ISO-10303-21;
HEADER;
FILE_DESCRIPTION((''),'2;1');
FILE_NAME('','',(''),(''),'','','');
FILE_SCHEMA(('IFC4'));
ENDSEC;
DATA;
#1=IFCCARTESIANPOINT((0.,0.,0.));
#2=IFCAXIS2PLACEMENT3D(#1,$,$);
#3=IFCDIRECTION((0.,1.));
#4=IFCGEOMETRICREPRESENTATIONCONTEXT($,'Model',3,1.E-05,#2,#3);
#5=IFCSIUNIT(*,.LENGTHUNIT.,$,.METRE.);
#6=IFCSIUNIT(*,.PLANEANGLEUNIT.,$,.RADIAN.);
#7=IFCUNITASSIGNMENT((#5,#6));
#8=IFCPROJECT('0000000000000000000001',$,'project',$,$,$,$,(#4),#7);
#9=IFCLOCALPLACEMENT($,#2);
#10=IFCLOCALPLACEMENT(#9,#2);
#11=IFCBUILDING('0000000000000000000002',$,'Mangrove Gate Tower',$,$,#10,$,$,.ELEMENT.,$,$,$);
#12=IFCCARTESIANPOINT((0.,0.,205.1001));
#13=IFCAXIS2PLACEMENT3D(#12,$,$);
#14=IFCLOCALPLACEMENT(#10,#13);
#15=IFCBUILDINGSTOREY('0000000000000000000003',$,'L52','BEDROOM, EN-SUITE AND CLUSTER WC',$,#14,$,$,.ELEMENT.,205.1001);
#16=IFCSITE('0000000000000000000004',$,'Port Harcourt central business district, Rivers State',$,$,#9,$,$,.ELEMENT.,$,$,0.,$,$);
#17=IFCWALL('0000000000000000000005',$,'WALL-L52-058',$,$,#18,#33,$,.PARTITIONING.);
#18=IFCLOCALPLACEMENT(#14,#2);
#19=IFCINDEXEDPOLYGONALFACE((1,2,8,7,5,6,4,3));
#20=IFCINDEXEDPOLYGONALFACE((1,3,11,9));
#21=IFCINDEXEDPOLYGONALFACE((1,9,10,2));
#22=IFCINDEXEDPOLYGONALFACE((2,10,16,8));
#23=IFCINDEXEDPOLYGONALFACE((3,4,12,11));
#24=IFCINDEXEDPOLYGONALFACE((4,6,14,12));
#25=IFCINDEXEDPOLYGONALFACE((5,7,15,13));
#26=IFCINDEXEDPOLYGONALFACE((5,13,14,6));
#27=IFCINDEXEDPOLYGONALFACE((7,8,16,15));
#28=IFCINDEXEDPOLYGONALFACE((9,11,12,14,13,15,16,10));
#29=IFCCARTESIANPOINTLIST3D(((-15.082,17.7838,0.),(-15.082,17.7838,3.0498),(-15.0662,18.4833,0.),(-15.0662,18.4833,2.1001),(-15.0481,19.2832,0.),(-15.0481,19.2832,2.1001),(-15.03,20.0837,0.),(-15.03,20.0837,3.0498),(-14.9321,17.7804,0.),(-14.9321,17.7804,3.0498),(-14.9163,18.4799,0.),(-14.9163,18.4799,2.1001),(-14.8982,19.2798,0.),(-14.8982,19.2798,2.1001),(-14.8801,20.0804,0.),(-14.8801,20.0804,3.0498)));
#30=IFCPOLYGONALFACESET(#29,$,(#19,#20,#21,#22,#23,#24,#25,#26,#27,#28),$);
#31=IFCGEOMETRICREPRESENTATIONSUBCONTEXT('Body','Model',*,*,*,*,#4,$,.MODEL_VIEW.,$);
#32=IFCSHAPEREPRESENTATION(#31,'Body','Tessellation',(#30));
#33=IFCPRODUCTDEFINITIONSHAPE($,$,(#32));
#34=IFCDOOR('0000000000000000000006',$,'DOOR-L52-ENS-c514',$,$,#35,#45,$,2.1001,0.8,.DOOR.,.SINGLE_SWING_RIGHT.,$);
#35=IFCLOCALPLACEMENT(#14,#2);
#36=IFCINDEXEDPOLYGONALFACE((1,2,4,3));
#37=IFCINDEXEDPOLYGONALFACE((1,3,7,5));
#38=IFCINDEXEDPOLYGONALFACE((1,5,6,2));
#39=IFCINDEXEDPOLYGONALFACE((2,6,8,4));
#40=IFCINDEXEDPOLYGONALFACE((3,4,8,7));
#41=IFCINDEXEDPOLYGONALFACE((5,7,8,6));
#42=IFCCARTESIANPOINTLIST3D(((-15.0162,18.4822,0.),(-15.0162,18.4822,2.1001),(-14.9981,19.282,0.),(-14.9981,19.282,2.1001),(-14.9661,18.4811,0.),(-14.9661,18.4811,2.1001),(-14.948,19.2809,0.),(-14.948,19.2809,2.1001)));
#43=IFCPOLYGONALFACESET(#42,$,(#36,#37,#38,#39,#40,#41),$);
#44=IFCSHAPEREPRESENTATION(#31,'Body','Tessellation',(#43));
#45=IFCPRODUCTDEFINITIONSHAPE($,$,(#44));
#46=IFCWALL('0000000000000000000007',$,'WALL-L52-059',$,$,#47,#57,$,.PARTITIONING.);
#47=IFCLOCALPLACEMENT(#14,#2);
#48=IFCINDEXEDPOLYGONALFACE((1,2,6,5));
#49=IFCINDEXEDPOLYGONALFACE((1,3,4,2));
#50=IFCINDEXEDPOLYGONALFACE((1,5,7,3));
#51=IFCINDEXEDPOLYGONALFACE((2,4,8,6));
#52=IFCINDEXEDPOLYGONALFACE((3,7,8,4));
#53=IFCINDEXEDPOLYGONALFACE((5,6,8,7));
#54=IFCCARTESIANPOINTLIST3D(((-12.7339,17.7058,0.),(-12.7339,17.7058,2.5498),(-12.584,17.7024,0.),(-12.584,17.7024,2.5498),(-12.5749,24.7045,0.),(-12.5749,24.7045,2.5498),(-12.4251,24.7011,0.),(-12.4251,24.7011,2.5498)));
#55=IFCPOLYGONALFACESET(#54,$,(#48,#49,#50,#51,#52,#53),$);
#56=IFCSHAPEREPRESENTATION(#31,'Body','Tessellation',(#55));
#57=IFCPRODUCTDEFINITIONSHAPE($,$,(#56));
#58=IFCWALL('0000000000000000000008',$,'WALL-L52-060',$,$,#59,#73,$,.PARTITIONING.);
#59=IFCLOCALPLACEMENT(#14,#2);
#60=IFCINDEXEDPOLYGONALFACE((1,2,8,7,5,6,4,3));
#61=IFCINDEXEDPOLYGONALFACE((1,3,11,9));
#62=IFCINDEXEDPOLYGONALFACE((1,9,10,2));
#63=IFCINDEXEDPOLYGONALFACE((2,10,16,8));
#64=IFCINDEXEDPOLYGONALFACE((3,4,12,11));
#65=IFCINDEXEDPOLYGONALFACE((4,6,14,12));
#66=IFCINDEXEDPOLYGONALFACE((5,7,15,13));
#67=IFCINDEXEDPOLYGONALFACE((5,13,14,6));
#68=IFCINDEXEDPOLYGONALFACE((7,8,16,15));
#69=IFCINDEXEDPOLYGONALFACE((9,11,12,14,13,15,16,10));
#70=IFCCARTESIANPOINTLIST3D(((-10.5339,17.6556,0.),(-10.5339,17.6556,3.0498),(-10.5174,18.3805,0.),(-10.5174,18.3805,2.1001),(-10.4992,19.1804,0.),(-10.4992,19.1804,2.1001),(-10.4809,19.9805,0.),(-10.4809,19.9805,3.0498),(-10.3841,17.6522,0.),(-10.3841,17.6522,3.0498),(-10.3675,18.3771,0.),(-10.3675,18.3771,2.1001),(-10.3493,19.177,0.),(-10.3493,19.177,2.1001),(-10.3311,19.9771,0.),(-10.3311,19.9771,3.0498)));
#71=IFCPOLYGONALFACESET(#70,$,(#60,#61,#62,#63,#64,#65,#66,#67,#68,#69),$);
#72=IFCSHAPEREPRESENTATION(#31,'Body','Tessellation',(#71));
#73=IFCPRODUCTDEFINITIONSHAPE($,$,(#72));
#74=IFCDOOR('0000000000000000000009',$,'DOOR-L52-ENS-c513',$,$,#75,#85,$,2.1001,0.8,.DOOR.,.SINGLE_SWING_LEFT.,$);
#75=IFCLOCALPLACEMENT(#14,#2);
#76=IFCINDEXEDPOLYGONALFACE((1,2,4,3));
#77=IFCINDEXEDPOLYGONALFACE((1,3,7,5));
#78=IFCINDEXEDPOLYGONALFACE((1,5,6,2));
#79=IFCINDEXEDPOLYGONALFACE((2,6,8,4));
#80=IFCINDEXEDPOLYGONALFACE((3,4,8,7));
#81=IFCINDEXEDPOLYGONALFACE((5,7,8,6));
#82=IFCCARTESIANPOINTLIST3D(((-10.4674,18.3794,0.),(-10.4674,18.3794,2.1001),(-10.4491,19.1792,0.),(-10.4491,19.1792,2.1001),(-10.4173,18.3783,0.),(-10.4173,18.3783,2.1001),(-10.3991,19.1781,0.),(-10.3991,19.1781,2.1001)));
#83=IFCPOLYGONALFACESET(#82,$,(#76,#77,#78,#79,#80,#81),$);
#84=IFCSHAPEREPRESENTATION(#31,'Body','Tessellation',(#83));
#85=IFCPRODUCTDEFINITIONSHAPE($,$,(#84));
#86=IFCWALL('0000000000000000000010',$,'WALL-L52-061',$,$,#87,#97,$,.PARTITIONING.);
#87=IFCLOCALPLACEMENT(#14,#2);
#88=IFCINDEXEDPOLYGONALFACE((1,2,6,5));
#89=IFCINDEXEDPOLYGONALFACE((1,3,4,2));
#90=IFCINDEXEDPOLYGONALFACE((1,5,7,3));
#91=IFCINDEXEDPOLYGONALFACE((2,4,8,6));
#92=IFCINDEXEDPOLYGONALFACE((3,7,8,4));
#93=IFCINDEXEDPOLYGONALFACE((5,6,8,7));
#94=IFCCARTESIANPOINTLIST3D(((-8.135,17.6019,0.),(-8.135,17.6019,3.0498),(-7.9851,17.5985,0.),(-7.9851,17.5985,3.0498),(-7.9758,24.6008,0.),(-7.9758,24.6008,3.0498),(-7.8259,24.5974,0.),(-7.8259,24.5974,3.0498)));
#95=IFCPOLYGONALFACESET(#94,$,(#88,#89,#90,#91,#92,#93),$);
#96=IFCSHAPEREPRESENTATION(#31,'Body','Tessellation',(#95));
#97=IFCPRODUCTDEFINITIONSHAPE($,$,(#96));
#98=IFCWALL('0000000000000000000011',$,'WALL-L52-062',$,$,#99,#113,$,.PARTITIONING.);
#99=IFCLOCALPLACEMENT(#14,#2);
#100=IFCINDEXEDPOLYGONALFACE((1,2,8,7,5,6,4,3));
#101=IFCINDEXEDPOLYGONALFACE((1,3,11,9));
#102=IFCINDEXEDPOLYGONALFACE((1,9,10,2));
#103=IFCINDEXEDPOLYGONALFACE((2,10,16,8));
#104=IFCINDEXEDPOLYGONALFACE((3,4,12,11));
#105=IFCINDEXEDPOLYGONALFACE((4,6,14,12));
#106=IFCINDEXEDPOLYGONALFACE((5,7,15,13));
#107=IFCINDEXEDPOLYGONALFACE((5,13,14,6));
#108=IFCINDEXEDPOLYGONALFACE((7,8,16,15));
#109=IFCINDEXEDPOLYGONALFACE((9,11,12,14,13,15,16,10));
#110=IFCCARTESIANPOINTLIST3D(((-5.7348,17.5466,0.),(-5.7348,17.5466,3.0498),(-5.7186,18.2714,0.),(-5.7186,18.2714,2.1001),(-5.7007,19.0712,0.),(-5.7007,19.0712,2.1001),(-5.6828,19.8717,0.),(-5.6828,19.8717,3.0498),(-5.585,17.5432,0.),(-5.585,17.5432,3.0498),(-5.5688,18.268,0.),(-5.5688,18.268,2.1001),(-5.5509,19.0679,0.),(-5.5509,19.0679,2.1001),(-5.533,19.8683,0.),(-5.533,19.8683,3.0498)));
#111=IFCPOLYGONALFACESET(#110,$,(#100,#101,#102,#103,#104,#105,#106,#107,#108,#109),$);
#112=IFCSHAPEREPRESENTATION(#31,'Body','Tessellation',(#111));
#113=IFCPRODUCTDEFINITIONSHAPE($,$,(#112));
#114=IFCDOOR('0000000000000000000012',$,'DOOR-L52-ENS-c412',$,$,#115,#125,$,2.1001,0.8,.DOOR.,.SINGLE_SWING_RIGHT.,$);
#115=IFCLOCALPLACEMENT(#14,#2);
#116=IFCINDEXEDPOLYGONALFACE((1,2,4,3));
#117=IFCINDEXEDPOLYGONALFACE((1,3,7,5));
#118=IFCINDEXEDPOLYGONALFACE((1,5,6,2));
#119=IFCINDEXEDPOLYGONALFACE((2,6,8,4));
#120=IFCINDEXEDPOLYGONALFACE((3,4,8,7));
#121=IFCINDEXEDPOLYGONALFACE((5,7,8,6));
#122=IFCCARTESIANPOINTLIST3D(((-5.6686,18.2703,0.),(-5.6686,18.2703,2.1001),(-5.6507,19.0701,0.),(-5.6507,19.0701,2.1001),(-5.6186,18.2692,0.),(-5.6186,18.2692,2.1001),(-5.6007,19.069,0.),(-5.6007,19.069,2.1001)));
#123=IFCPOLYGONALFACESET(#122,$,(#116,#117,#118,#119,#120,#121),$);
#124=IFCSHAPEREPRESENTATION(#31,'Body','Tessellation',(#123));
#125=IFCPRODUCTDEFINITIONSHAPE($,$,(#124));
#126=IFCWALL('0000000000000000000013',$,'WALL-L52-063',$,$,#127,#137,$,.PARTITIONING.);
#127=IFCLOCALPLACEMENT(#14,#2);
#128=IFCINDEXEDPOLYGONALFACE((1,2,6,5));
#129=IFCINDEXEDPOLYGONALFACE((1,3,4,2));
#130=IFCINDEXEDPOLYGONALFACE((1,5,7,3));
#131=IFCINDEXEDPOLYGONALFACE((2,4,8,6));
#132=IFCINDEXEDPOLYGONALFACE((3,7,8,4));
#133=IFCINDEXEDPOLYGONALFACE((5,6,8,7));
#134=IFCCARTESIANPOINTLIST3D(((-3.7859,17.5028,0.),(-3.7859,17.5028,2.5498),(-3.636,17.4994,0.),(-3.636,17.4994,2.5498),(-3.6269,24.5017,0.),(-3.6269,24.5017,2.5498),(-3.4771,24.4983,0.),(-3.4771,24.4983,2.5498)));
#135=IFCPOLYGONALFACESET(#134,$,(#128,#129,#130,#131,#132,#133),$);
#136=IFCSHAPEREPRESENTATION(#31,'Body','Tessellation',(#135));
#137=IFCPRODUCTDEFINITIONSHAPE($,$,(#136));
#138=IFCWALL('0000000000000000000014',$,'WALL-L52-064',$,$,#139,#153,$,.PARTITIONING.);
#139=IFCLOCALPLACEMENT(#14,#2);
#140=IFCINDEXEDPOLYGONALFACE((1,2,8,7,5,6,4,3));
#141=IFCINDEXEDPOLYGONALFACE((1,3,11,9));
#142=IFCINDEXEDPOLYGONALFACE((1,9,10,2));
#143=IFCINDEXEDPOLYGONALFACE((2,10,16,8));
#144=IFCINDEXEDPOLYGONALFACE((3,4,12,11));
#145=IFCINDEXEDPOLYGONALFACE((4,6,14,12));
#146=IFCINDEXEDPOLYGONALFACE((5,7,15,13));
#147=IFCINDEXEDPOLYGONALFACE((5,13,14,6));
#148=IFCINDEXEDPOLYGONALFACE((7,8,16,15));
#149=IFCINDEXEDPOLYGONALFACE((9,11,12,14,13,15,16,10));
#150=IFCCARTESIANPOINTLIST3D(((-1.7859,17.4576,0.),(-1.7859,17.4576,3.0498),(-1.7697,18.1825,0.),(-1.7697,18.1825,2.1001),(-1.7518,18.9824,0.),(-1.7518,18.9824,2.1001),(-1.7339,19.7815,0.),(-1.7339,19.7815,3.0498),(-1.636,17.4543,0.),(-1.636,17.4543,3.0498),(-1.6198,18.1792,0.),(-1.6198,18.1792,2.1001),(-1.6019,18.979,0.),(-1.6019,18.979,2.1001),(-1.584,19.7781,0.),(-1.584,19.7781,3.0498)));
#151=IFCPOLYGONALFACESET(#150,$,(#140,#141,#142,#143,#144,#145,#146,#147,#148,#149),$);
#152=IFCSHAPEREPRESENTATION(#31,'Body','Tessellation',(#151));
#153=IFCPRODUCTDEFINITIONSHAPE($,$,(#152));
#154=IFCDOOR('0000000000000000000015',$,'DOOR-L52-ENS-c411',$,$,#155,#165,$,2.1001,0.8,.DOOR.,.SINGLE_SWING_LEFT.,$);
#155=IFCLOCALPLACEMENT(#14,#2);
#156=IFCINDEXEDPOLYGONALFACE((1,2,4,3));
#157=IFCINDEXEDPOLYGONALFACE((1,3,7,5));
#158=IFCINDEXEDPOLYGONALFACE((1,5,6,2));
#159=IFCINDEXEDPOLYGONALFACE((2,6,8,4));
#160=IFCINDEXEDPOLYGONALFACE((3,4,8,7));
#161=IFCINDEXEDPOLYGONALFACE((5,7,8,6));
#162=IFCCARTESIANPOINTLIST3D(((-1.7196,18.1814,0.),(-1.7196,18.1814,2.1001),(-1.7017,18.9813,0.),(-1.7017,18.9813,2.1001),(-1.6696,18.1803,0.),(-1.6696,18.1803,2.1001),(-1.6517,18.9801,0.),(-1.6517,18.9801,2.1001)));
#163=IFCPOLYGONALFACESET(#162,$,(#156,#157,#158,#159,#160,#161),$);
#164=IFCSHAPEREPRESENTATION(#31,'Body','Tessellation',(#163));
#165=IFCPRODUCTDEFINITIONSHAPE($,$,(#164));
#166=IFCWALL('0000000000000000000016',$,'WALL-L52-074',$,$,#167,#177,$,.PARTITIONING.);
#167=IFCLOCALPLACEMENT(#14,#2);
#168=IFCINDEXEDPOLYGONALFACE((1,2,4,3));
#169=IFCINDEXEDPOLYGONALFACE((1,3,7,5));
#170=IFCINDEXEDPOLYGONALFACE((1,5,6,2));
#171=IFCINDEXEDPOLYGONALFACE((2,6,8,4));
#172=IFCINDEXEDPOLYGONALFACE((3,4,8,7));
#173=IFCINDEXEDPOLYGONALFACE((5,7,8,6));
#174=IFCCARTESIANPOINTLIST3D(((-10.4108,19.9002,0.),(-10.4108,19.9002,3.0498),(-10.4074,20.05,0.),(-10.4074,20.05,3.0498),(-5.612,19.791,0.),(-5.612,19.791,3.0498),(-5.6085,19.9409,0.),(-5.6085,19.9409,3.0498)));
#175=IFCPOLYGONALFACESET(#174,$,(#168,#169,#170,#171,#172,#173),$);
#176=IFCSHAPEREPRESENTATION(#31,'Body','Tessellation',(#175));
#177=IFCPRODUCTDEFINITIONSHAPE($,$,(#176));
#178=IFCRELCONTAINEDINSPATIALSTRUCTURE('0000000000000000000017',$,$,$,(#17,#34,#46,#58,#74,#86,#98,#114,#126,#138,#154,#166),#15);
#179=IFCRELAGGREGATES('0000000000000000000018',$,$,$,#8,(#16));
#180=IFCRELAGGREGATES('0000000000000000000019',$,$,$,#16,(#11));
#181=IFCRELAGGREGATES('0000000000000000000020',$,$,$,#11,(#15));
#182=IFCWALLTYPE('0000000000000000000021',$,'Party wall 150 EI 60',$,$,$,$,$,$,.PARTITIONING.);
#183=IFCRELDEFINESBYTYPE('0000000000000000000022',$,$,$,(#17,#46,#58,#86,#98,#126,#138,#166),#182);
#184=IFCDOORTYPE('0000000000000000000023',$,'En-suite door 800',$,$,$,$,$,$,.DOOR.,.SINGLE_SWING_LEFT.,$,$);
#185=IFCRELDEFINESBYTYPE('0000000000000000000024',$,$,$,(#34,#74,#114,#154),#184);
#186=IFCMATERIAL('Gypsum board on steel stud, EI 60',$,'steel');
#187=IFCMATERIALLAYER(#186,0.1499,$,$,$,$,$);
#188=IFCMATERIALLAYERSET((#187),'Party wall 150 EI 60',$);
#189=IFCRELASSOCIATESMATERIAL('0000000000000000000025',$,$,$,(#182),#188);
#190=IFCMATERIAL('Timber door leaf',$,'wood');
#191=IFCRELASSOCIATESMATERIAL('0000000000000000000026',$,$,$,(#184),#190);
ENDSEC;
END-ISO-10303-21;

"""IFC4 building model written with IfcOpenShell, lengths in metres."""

from ifc_helpers import new_model, si_unit, direction, frame, frame_2d, origin, place, context, subcontext, project, spatial, rectangle, extrude, material, layer, layer_set, type_object, element, fill, save


model = new_model("IFC4")

# Units and contexts
model_context = context("Model", 3, precision=1e-05, world=origin(), true_north=direction((0.0, 1.0)))
body_context = subcontext(model_context, "Body", "Model", "MODEL_VIEW")
ifc_project = project(units=[si_unit("LENGTHUNIT", "METRE"), si_unit("PLANEANGLEUNIT", "RADIAN")], contexts=[model_context])

# Site, building, storey
site_placement = place(None, origin())
site = spatial("IfcSite", under=ifc_project, at=site_placement, Name="Port Harcourt central business district, Rivers State", CompositionType="ELEMENT", RefElevation=0.0)
building_placement = place(site_placement, origin())
building = spatial("IfcBuilding", under=site, at=building_placement, Name="Mangrove Gate Tower", CompositionType="ELEMENT")
storey_placement = place(building_placement, frame((0.0, 0.0, 205.1001)))
storey = spatial("IfcBuildingStorey", under=building, at=storey_placement, Name="L52", Description="BEDROOM, EN-SUITE AND CLUSTER WC", CompositionType="ELEMENT", Elevation=205.1001)

# Shared definitions
ifc_material_1 = material(Name="Gypsum board on steel stud, EI 60", Category="steel")
ifc_layer_1 = layer(ifc_material_1, 0.1499)
ifc_layer_set_1 = layer_set([ifc_layer_1], Name="Party wall 150 EI 60")
wall_type_1 = type_object("IfcWallType", Name="Party wall 150 EI 60", PredefinedType="PARTITIONING", material=ifc_layer_set_1)

# Wall, opening, door
wall_1_placement = place(storey_placement, frame((-15.0071, 17.782, 0.0), z_axis=(0.0, 0.0, 1.0), x_axis=(0.022603, 0.999745, 0.0)))
wall_1 = element("IfcWall", 1, at=wall_1_placement, inside=storey, type_object=wall_type_1, Name="WALL-L52-058", PredefinedType="PARTITIONING", context=body_context, shape_type="SweptSolid", body=[
    extrude(rectangle(XDim=2.3005, YDim=0.1499, at=frame_2d((1.1504, 0.0))), origin(), (0.0, 0.0, 1.0), 3.0498),
])
opening_1_placement = place(wall_1_placement, frame((0.7, 0.0, 0.0)))
opening_1 = element("IfcOpeningElement", 2, at=opening_1_placement, cuts=wall_1, PredefinedType="OPENING", context=body_context, shape_type="SweptSolid", body=[
    extrude(rectangle(XDim=0.8, YDim=2.1001, at=frame_2d((0.3999, 1.05))), frame((0.0, 0.085, 0.0), z_axis=(0.0, -1.0, 0.0), x_axis=(1.0, 0.0, 0.0)), (0.0, 0.0, 1.0), 0.1699),
])
ifc_material_2 = material(Name="Timber door leaf", Category="wood")
door_type_1 = type_object("IfcDoorType", Name="En-suite door 800", OperationType="SINGLE_SWING_LEFT", PredefinedType="DOOR", material=ifc_material_2)
door_1_placement = place(opening_1_placement, origin())
door_1 = element("IfcDoor", 3, at=door_1_placement, inside=storey, type_object=door_type_1, Name="DOOR-L52-ENS-c514", OperationType="SINGLE_SWING_RIGHT", OverallHeight=2.1001, OverallWidth=0.8, PredefinedType="DOOR", context=body_context, shape_type="SweptSolid", body=[
    extrude(rectangle(XDim=0.8, YDim=2.1001, at=frame_2d((0.3999, 1.05))), frame((0.0, 0.0249, 0.0), z_axis=(0.0, -1.0, 0.0), x_axis=(1.0, 0.0, 0.0)), (0.0, 0.0, 1.0), 0.05),
])
fill(opening_1, door_1)

# Wall
wall_2_placement = place(storey_placement, frame((-12.6589, 17.7041, 0.0), z_axis=(0.0, 0.0, 1.0), x_axis=(0.022703, 0.999742, 0.0)))
element("IfcWall", 4, at=wall_2_placement, inside=storey, type_object=wall_type_1, Name="WALL-L52-059", PredefinedType="PARTITIONING", context=body_context, shape_type="SweptSolid", body=[
    extrude(rectangle(XDim=7.0005, YDim=0.1499, at=frame_2d((3.5002, 0.0))), origin(), (0.0, 0.0, 1.0), 2.5498),
])

# Wall, opening, door
wall_3_placement = place(storey_placement, frame((-10.459, 17.6541, 0.0), z_axis=(0.0, 0.0, 1.0), x_axis=(0.022781, 0.99974, 0.0)))
wall_3 = element("IfcWall", 5, at=wall_3_placement, inside=storey, type_object=wall_type_1, Name="WALL-L52-060", PredefinedType="PARTITIONING", context=body_context, shape_type="SweptSolid", body=[
    extrude(rectangle(XDim=2.3254, YDim=0.1499, at=frame_2d((1.1626, 0.0))), origin(), (0.0, 0.0, 1.0), 3.0498),
])
opening_2_placement = place(wall_3_placement, frame((0.7251, 0.0, 0.0)))
opening_2 = element("IfcOpeningElement", 6, at=opening_2_placement, cuts=wall_3, PredefinedType="OPENING", context=body_context, shape_type="SweptSolid", body=[
    extrude(rectangle(XDim=0.8, YDim=2.1001, at=frame_2d((0.3999, 1.05))), frame((0.0, 0.085, 0.0), z_axis=(0.0, -1.0, 0.0), x_axis=(1.0, 0.0, 0.0)), (0.0, 0.0, 1.0), 0.1699),
])
door_2_placement = place(opening_2_placement, origin())
door_2 = element("IfcDoor", 7, at=door_2_placement, inside=storey, type_object=door_type_1, Name="DOOR-L52-ENS-c513", OperationType="SINGLE_SWING_LEFT", OverallHeight=2.1001, OverallWidth=0.8, PredefinedType="DOOR", context=body_context, shape_type="SweptSolid", body=[
    extrude(rectangle(XDim=0.8, YDim=2.1001, at=frame_2d((0.3999, 1.05))), frame((0.0, 0.0249, 0.0), z_axis=(0.0, -1.0, 0.0), x_axis=(1.0, 0.0, 0.0)), (0.0, 0.0, 1.0), 0.05),
])
fill(opening_2, door_2)

# Wall
wall_4_placement = place(storey_placement, frame((-8.0601, 17.6001, 0.0), z_axis=(0.0, 0.0, 1.0), x_axis=(0.022737, 0.999741, 0.0)))
element("IfcWall", 8, at=wall_4_placement, inside=storey, type_object=wall_type_1, Name="WALL-L52-061", PredefinedType="PARTITIONING", context=body_context, shape_type="SweptSolid", body=[
    extrude(rectangle(XDim=7.0007, YDim=0.1499, at=frame_2d((3.5005, 0.0))), origin(), (0.0, 0.0, 1.0), 3.0498),
])

# Wall, opening, door
wall_5_placement = place(storey_placement, frame((-5.6599, 17.5449, 0.0), z_axis=(0.0, 0.0, 1.0), x_axis=(0.022359, 0.99975, 0.0)))
wall_5 = element("IfcWall", 9, at=wall_5_placement, inside=storey, type_object=wall_type_1, Name="WALL-L52-062", PredefinedType="PARTITIONING", context=body_context, shape_type="SweptSolid", body=[
    extrude(rectangle(XDim=2.3257, YDim=0.1499, at=frame_2d((1.1628, 0.0))), origin(), (0.0, 0.0, 1.0), 3.0498),
])
opening_3_placement = place(wall_5_placement, frame((0.7251, 0.0, 0.0)))
opening_3 = element("IfcOpeningElement", 10, at=opening_3_placement, cuts=wall_5, PredefinedType="OPENING", context=body_context, shape_type="SweptSolid", body=[
    extrude(rectangle(XDim=0.8, YDim=2.1001, at=frame_2d((0.3999, 1.05))), frame((0.0, 0.085, 0.0), z_axis=(0.0, -1.0, 0.0), x_axis=(1.0, 0.0, 0.0)), (0.0, 0.0, 1.0), 0.1699),
])
door_3_placement = place(opening_3_placement, origin())
door_3 = element("IfcDoor", 11, at=door_3_placement, inside=storey, type_object=door_type_1, Name="DOOR-L52-ENS-c412", OperationType="SINGLE_SWING_RIGHT", OverallHeight=2.1001, OverallWidth=0.8, PredefinedType="DOOR", context=body_context, shape_type="SweptSolid", body=[
    extrude(rectangle(XDim=0.8, YDim=2.1001, at=frame_2d((0.3999, 1.05))), frame((0.0, 0.0249, 0.0), z_axis=(0.0, -1.0, 0.0), x_axis=(1.0, 0.0, 0.0)), (0.0, 0.0, 1.0), 0.05),
])
fill(opening_3, door_3)

# Wall
wall_6_placement = place(storey_placement, frame((-3.7109, 17.501, 0.0), z_axis=(0.0, 0.0, 1.0), x_axis=(0.022702, 0.999742, 0.0)))
element("IfcWall", 12, at=wall_6_placement, inside=storey, type_object=wall_type_1, Name="WALL-L52-063", PredefinedType="PARTITIONING", context=body_context, shape_type="SweptSolid", body=[
    extrude(rectangle(XDim=7.0007, YDim=0.1499, at=frame_2d((3.5005, 0.0))), origin(), (0.0, 0.0, 1.0), 2.5498),
])

# Wall, opening, door
wall_7_placement = place(storey_placement, frame((-1.7109, 17.4561, 0.0), z_axis=(0.0, 0.0, 1.0), x_axis=(0.022371, 0.99975, 0.0)))
wall_7 = element("IfcWall", 13, at=wall_7_placement, inside=storey, type_object=wall_type_1, Name="WALL-L52-064", PredefinedType="PARTITIONING", context=body_context, shape_type="SweptSolid", body=[
    extrude(rectangle(XDim=2.3245, YDim=0.1499, at=frame_2d((1.1621, 0.0))), origin(), (0.0, 0.0, 1.0), 3.0498),
])
opening_4_placement = place(wall_7_placement, frame((0.7251, 0.0, 0.0)))
opening_4 = element("IfcOpeningElement", 14, at=opening_4_placement, cuts=wall_7, PredefinedType="OPENING", context=body_context, shape_type="SweptSolid", body=[
    extrude(rectangle(XDim=0.8, YDim=2.1001, at=frame_2d((0.3999, 1.05))), frame((0.0, 0.085, 0.0), z_axis=(0.0, -1.0, 0.0), x_axis=(1.0, 0.0, 0.0)), (0.0, 0.0, 1.0), 0.1699),
])
door_4_placement = place(opening_4_placement, origin())
door_4 = element("IfcDoor", 15, at=door_4_placement, inside=storey, type_object=door_type_1, Name="DOOR-L52-ENS-c411", OperationType="SINGLE_SWING_LEFT", OverallHeight=2.1001, OverallWidth=0.8, PredefinedType="DOOR", context=body_context, shape_type="SweptSolid", body=[
    extrude(rectangle(XDim=0.8, YDim=2.1001, at=frame_2d((0.3999, 1.05))), frame((0.0, 0.0249, 0.0), z_axis=(0.0, -1.0, 0.0), x_axis=(1.0, 0.0, 0.0)), (0.0, 0.0, 1.0), 0.05),
])
fill(opening_4, door_4)

# Wall
for number, where, z_axis, x_axis, name in (
    (16, (-10.4089, 19.9751, 0.0), (0.0, 0.0, 1.0), (0.999742, -0.022735, 0.0), "WALL-L52-074"),
):
    element("IfcWall", number, at=place(storey_placement, frame(where, z_axis=z_axis, x_axis=x_axis)), inside=storey, type_object=wall_type_1, Name=name, PredefinedType="PARTITIONING", context=body_context, shape_type="SweptSolid", body=[
        extrude(rectangle(XDim=4.8, YDim=0.1499, at=frame_2d((2.3999, 0.0))), origin(), (0.0, 0.0, 1.0), 3.0498),
    ])

save(model, "model.ifc")
